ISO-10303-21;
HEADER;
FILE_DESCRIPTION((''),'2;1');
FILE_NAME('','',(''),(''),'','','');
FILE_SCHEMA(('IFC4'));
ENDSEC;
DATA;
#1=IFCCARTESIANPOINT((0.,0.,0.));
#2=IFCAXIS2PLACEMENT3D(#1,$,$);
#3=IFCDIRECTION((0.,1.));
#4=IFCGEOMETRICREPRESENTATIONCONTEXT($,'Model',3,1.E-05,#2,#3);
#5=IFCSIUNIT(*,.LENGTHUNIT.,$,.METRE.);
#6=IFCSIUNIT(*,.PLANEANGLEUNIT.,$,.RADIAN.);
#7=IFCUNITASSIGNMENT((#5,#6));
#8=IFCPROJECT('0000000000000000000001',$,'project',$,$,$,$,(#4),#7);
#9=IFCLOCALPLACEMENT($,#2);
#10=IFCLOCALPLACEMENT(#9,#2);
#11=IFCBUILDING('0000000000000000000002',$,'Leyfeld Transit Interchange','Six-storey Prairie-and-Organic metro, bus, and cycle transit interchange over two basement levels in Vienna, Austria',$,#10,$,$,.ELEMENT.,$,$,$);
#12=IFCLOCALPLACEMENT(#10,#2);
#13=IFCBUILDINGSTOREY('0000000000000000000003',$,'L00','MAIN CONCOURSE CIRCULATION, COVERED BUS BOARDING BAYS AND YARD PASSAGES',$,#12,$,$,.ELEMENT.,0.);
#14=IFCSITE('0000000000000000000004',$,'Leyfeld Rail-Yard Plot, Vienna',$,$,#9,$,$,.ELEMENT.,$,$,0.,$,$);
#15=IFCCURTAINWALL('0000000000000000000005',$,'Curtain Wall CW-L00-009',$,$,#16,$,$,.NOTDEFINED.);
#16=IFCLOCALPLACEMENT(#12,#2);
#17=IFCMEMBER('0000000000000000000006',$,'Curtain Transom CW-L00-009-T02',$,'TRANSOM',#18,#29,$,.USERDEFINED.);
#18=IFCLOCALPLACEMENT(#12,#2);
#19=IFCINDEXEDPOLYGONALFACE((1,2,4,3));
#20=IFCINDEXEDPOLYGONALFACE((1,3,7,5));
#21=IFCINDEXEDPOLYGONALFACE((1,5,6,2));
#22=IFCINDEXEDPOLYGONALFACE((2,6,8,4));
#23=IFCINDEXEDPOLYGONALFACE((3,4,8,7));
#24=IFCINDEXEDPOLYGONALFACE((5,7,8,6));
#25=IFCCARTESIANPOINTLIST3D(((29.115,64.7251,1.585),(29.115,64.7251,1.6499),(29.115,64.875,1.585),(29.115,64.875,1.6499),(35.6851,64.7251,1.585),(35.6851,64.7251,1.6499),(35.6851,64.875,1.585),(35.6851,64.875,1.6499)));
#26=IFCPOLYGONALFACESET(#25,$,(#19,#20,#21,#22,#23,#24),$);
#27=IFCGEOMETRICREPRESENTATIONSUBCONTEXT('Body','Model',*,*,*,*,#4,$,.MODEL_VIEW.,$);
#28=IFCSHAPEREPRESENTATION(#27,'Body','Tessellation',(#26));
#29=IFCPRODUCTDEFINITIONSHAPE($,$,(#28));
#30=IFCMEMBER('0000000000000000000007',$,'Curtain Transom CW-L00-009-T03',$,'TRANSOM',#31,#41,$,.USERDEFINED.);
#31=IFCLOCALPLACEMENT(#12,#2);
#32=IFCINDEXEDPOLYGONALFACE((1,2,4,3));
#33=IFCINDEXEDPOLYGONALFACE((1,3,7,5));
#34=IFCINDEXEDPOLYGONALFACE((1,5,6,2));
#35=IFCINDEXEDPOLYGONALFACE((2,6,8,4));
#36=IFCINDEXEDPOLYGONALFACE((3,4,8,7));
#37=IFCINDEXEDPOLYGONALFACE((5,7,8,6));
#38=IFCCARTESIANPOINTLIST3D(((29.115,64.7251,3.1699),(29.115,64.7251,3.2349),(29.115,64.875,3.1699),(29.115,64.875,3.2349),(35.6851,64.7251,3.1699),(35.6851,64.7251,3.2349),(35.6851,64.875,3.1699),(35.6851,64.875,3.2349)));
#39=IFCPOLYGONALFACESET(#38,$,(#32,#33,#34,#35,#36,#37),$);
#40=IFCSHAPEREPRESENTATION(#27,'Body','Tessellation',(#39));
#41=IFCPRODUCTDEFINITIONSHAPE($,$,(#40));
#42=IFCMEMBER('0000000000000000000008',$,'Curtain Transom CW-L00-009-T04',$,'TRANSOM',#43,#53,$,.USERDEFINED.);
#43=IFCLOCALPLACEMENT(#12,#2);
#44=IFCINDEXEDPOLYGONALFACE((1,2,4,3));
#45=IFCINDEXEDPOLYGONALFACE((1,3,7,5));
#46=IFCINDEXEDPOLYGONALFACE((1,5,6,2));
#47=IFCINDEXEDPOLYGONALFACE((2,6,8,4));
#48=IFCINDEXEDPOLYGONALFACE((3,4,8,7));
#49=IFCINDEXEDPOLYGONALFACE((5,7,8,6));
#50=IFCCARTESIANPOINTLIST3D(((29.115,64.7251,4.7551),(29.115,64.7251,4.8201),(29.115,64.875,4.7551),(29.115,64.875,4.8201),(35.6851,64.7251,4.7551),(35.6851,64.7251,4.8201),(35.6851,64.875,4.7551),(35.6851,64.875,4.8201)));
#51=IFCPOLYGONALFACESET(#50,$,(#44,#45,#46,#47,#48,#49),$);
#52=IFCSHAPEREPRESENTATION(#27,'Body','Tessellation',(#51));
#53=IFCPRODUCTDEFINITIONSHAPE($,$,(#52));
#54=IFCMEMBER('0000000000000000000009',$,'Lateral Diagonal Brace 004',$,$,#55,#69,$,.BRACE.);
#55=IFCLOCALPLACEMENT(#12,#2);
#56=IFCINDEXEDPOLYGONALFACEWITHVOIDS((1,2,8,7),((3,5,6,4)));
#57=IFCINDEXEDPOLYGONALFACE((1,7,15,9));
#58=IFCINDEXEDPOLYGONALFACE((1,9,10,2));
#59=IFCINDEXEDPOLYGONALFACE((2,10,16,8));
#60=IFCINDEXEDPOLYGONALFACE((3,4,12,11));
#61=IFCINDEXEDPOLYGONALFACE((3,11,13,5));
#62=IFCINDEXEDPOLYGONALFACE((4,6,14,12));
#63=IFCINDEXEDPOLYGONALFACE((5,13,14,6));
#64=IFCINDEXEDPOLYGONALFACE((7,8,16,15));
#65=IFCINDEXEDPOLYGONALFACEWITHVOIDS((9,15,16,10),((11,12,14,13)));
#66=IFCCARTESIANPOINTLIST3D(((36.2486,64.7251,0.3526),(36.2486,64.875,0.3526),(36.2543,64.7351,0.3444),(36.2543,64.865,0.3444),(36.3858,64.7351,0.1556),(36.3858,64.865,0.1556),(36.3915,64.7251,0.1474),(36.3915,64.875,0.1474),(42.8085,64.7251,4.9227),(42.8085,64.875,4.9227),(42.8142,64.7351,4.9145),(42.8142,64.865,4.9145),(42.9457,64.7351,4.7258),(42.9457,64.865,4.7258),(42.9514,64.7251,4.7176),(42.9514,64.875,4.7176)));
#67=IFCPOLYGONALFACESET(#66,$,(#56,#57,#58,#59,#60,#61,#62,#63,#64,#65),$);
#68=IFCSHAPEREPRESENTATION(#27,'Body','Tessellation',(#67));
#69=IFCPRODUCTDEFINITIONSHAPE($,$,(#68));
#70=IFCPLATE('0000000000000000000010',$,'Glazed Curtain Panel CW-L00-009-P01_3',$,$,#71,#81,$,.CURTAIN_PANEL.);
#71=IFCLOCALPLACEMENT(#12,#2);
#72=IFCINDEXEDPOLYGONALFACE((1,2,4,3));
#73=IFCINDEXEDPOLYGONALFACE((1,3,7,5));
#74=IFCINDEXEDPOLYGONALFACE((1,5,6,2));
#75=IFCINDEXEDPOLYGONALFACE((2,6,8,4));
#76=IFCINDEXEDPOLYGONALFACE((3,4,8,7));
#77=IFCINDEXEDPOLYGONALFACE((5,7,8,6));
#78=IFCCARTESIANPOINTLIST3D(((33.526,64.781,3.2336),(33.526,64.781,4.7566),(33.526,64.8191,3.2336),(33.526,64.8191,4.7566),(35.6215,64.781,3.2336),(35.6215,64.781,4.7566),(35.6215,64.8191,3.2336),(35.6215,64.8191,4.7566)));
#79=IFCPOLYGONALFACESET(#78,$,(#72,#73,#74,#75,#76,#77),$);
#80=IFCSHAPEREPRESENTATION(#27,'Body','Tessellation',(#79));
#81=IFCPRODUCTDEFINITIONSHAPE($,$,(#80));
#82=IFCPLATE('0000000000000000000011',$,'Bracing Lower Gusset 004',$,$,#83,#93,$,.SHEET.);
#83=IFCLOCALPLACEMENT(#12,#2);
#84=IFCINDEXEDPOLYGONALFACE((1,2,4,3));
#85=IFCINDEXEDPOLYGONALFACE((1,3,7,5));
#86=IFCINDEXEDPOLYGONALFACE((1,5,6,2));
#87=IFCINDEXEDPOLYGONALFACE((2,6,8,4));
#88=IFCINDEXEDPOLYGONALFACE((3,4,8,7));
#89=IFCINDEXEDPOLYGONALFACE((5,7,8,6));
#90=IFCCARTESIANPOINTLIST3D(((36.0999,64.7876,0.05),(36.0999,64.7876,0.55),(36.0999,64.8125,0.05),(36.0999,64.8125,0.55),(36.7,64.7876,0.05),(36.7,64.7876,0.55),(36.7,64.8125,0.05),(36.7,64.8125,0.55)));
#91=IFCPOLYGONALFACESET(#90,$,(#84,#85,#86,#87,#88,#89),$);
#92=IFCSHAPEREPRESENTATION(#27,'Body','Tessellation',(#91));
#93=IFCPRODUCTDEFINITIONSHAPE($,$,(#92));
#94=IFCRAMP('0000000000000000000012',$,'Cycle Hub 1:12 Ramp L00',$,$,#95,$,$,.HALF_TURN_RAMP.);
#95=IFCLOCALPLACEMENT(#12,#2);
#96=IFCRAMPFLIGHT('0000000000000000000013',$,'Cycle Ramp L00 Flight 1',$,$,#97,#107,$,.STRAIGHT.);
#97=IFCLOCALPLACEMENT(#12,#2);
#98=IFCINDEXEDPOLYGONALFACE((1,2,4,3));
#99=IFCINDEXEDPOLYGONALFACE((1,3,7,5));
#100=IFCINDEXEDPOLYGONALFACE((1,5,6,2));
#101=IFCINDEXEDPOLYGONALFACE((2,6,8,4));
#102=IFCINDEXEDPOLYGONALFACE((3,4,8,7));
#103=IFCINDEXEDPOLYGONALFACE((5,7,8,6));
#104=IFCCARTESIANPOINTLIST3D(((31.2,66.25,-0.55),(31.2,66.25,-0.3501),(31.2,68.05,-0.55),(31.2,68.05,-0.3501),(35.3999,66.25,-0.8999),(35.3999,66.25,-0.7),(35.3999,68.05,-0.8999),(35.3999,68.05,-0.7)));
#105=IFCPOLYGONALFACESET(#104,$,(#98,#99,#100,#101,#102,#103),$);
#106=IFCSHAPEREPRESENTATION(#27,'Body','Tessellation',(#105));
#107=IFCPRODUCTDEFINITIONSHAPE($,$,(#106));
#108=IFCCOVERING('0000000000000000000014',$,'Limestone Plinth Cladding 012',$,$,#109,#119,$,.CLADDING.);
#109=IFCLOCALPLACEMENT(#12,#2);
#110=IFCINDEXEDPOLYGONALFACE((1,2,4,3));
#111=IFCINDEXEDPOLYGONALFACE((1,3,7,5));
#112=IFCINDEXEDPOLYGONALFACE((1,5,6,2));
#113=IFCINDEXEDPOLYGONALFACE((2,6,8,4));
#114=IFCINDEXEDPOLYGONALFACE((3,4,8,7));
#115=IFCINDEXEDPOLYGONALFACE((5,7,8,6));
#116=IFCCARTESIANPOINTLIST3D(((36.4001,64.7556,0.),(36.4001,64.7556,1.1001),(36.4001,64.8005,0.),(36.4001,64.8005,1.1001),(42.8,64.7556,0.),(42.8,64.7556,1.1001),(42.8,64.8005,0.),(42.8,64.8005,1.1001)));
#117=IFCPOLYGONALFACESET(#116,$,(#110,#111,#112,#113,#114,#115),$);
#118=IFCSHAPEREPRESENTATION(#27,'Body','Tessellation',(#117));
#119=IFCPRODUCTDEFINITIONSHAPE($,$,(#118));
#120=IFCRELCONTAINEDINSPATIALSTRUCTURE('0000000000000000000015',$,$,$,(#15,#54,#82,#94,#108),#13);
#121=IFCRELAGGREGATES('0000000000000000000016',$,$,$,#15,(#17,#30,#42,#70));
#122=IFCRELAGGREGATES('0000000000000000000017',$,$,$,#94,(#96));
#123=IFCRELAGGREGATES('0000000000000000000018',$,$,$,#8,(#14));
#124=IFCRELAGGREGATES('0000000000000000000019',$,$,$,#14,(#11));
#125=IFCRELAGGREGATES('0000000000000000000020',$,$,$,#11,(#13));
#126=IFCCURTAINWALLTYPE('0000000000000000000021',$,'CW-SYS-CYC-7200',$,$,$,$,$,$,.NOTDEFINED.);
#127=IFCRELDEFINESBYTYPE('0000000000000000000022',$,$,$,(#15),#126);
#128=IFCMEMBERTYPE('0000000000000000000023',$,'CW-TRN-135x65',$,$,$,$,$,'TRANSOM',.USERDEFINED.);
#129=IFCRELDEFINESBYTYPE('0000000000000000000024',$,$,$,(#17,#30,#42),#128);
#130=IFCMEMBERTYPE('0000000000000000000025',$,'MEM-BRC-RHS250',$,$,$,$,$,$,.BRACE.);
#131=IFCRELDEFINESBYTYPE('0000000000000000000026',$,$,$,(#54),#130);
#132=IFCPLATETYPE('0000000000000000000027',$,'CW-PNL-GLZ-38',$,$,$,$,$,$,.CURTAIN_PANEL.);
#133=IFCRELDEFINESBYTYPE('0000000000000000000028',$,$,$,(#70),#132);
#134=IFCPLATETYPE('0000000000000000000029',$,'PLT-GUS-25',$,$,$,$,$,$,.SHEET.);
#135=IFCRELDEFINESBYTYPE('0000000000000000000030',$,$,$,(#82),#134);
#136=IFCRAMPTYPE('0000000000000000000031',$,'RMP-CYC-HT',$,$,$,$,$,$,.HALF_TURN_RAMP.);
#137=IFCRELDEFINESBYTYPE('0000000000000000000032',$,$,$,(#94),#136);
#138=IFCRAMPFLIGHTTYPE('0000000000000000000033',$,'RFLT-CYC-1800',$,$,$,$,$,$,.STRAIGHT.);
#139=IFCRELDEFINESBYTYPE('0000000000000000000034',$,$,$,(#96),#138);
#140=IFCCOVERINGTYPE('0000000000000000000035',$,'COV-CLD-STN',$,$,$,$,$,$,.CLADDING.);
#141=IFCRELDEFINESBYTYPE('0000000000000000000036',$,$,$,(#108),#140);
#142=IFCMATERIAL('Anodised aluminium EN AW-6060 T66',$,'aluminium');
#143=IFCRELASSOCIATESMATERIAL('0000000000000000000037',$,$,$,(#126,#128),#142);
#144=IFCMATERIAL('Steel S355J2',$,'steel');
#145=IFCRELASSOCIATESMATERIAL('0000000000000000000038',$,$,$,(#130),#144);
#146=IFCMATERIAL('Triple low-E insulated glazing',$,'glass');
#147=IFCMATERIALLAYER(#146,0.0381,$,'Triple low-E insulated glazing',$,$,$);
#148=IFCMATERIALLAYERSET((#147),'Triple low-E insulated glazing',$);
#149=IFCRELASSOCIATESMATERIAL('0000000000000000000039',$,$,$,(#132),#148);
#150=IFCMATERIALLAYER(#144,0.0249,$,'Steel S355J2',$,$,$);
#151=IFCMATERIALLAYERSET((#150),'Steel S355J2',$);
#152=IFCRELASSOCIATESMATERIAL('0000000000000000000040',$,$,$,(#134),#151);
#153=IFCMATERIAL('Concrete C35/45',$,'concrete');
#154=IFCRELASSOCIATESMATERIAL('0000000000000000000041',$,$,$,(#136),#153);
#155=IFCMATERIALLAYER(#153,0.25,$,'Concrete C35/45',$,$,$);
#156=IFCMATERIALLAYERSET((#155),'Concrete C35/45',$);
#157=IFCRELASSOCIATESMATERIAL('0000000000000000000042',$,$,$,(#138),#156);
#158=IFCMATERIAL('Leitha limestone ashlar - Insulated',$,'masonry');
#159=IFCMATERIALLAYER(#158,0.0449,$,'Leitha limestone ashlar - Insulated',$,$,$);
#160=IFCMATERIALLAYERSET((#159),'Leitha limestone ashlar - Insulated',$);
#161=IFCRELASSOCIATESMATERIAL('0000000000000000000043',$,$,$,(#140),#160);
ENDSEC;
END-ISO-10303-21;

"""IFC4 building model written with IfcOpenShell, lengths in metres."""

from ifc_helpers import new_model, si_unit, direction, frame, origin, origin_2d, place, context, subcontext, project, spatial, polyline, rectangle, hollow_rectangle, outline, extrude, material, layer, layer_set, material_profile, profile_set, type_object, element, aggregate, save


model = new_model("IFC4")

# Units and contexts
model_context = context("Model", 3, precision=1e-05, world=origin(), true_north=direction((0.0, 1.0)))
body_context = subcontext(model_context, "Body", "Model", "MODEL_VIEW")
ifc_project = project(units=[si_unit("LENGTHUNIT", "METRE"), si_unit("PLANEANGLEUNIT", "RADIAN")], contexts=[model_context])

# Site, building, storey
site_placement = place(None, origin())
site = spatial("IfcSite", under=ifc_project, at=site_placement, Name="Leyfeld Rail-Yard Plot, Vienna", CompositionType="ELEMENT", RefElevation=0.0)
building_placement = place(site_placement, origin())
building = spatial("IfcBuilding", under=site, at=building_placement, Name="Leyfeld Transit Interchange", Description="Six-storey Prairie-and-Organic metro, bus, and cycle transit interchange over two basement levels in Vienna, Austria", CompositionType="ELEMENT")
storey_placement = place(building_placement, origin())
storey = spatial("IfcBuildingStorey", under=building, at=storey_placement, Name="L00", Description="MAIN CONCOURSE CIRCULATION, COVERED BUS BOARDING BAYS AND YARD PASSAGES", CompositionType="ELEMENT", Elevation=0.0)

# Shared definitions
ifc_material_1 = material(Name="Concrete C35/45", Category="concrete")

# Shared definitions
ifc_material_2 = material(Name="Steel S355J2", Category="steel")

# Curtain wall, members
ifc_material_3 = material(Name="Anodised aluminium EN AW-6060 T66", Category="aluminium")
curtain_wall_type = type_object("IfcCurtainWallType", Name="CW-SYS-CYC-7200", PredefinedType="NOTDEFINED", material=ifc_material_3)
curtain_wall_placement = place(storey_placement, origin())
curtain_wall = element("IfcCurtainWall", 1, at=curtain_wall_placement, inside=storey, type_object=curtain_wall_type, Name="Curtain Wall CW-L00-009", PredefinedType="NOTDEFINED")
ifc_material_profile_1 = material_profile(ifc_material_3, rectangle(XDim=0.1499, YDim=0.0649, at=origin_2d()), Name="CW-TRN-135x65")
ifc_profile_set_1 = profile_set([ifc_material_profile_1], Name="Anodised aluminium EN AW-6060 T66")
member_type_1 = type_object("IfcMemberType", Name="CW-TRN-135x65", ElementType="TRANSOM", PredefinedType="USERDEFINED", material=ifc_profile_set_1)
member_1_placement = place(storey_placement, frame((35.6851, 64.8, 1.6174), z_axis=(-1.0, 0.0, 0.0), x_axis=(0.0, -1.0, 0.0)))
member_1 = element("IfcMember", 2, at=member_1_placement, type_object=member_type_1, Name="Curtain Transom CW-L00-009-T02", ObjectType="TRANSOM", PredefinedType="USERDEFINED", context=body_context, shape_type="SweptSolid", body=[
    extrude(rectangle(XDim=0.1499, YDim=0.0649, at=origin_2d()), origin(), (0.0, 0.0, 1.0), 6.5701),
])
member_2_placement = place(storey_placement, frame((35.6851, 64.8, 3.2024), z_axis=(-1.0, 0.0, 0.0), x_axis=(0.0, -1.0, 0.0)))
member_2 = element("IfcMember", 3, at=member_2_placement, type_object=member_type_1, Name="Curtain Transom CW-L00-009-T03", ObjectType="TRANSOM", PredefinedType="USERDEFINED", context=body_context, shape_type="SweptSolid", body=[
    extrude(rectangle(XDim=0.1499, YDim=0.0649, at=origin_2d()), origin(), (0.0, 0.0, 1.0), 6.5701),
])
member_3_placement = place(storey_placement, frame((35.6851, 64.8, 4.7876), z_axis=(-1.0, 0.0, 0.0), x_axis=(0.0, -1.0, 0.0)))
member_3 = element("IfcMember", 4, at=member_3_placement, type_object=member_type_1, Name="Curtain Transom CW-L00-009-T04", ObjectType="TRANSOM", PredefinedType="USERDEFINED", context=body_context, shape_type="SweptSolid", body=[
    extrude(rectangle(XDim=0.1499, YDim=0.0649, at=origin_2d()), origin(), (0.0, 0.0, 1.0), 6.5701),
])

# Member
ifc_material_profile_2 = material_profile(ifc_material_2, hollow_rectangle(XDim=0.1499, YDim=0.25, WallThickness=0.01, at=origin_2d()), Name="RHS 250x150x10")
ifc_profile_set_2 = profile_set([ifc_material_profile_2], Name="Steel S355J2")
member_type_2 = type_object("IfcMemberType", Name="MEM-BRC-RHS250", PredefinedType="BRACE", material=ifc_profile_set_2)
member_4_placement = place(storey_placement, frame((36.3201, 64.8, 0.25), z_axis=(0.820511, 0.0, 0.571631), x_axis=(0.0, 1.0, 0.0)))
element("IfcMember", 5, at=member_4_placement, inside=storey, type_object=member_type_2, Name="Lateral Diagonal Brace 004", PredefinedType="BRACE", context=body_context, shape_type="SweptSolid", body=[
    extrude(hollow_rectangle(XDim=0.1499, YDim=0.25, WallThickness=0.01, at=origin_2d()), origin(), (0.0, 0.0, 1.0), 7.9949),
])

# Plates
ifc_material_4 = material(Name="Triple low-E insulated glazing", Category="glass")
ifc_layer_1 = layer(ifc_material_4, 0.0381, Name="Triple low-E insulated glazing")
ifc_layer_set_1 = layer_set([ifc_layer_1], Name="Triple low-E insulated glazing")
plate_type_1 = type_object("IfcPlateType", Name="CW-PNL-GLZ-38", PredefinedType="CURTAIN_PANEL", material=ifc_layer_set_1)
plate_1_placement = place(storey_placement, frame((34.5737, 64.8, 3.2336), z_axis=(0.0, 0.0, 1.0), x_axis=(-1.0, 0.0, 0.0)))
plate_1 = element("IfcPlate", 6, at=plate_1_placement, type_object=plate_type_1, Name="Glazed Curtain Panel CW-L00-009-P01_3", PredefinedType="CURTAIN_PANEL", context=body_context, shape_type="SweptSolid", body=[
    extrude(rectangle(XDim=2.0955, YDim=0.0381, at=origin_2d()), origin(), (0.0, 0.0, 1.0), 1.5229),
])
aggregate(curtain_wall, [member_1, member_2, member_3, plate_1])
ifc_layer_2 = layer(ifc_material_2, 0.0249, Name="Steel S355J2")
ifc_layer_set_2 = layer_set([ifc_layer_2], Name="Steel S355J2")
plate_type_2 = type_object("IfcPlateType", Name="PLT-GUS-25", PredefinedType="SHEET", material=ifc_layer_set_2)
plate_2_placement = place(storey_placement, frame((36.3999, 64.8, 0.05), z_axis=(0.0, 0.0, 1.0), x_axis=(1.0, 0.0, 0.0)))
element("IfcPlate", 7, at=plate_2_placement, inside=storey, type_object=plate_type_2, Name="Bracing Lower Gusset 004", PredefinedType="SHEET", context=body_context, shape_type="SweptSolid", body=[
    extrude(rectangle(XDim=0.6001, YDim=0.0249, at=origin_2d()), origin(), (0.0, 0.0, 1.0), 0.5),
])

# Ramp, ramp flight
ramp_type = type_object("IfcRampType", Name="RMP-CYC-HT", PredefinedType="HALF_TURN_RAMP", material=ifc_material_1)
ramp_placement = place(storey_placement, origin())
ramp = element("IfcRamp", 8, at=ramp_placement, inside=storey, type_object=ramp_type, Name="Cycle Hub 1:12 Ramp L00", PredefinedType="HALF_TURN_RAMP")
ifc_layer_3 = layer(ifc_material_1, 0.25, Name="Concrete C35/45")
ifc_layer_set_3 = layer_set([ifc_layer_3], Name="Concrete C35/45")
ramp_flight_type = type_object("IfcRampFlightType", Name="RFLT-CYC-1800", PredefinedType="STRAIGHT", material=ifc_layer_set_3)
ramp_flight_placement = place(storey_placement, frame((35.3999, 67.1499, -0.7), z_axis=(0.0, 0.0, 1.0), x_axis=(-1.0, 0.0, 0.0)))
ramp_flight = element("IfcRampFlight", 9, at=ramp_flight_placement, type_object=ramp_flight_type, Name="Cycle Ramp L00 Flight 1", PredefinedType="STRAIGHT", context=body_context, shape_type="SweptSolid", body=[
    extrude(outline(polyline([(0.0, 0.0), (4.2, 0.3499), (4.2, 0.1499), (0.0, -0.2), (0.0, 0.0)])), frame((0.0, 0.8999, 0.0), z_axis=(0.0, -1.0, 0.0), x_axis=(1.0, 0.0, 0.0)), (0.0, 0.0, 1.0), 1.8),
])
aggregate(ramp, [ramp_flight])

# Covering
ifc_material_5 = material(Name="Leitha limestone ashlar - Insulated", Category="masonry")
ifc_layer_4 = layer(ifc_material_5, 0.0449, Name="Leitha limestone ashlar - Insulated")
ifc_layer_set_4 = layer_set([ifc_layer_4], Name="Leitha limestone ashlar - Insulated")
covering_type = type_object("IfcCoveringType", Name="COV-CLD-STN", PredefinedType="CLADDING", material=ifc_layer_set_4)
covering_placement = place(storey_placement, frame((39.6001, 64.7781, 0.0), z_axis=(0.0, 0.0, 1.0), x_axis=(-1.0, 0.0, 0.0)))
element("IfcCovering", 10, at=covering_placement, inside=storey, type_object=covering_type, Name="Limestone Plinth Cladding 012", PredefinedType="CLADDING", context=body_context, shape_type="SweptSolid", body=[
    extrude(rectangle(XDim=6.3999, YDim=0.0449, at=origin_2d()), origin(), (0.0, 0.0, 1.0), 1.1001),
])

save(model, "model.ifc")
